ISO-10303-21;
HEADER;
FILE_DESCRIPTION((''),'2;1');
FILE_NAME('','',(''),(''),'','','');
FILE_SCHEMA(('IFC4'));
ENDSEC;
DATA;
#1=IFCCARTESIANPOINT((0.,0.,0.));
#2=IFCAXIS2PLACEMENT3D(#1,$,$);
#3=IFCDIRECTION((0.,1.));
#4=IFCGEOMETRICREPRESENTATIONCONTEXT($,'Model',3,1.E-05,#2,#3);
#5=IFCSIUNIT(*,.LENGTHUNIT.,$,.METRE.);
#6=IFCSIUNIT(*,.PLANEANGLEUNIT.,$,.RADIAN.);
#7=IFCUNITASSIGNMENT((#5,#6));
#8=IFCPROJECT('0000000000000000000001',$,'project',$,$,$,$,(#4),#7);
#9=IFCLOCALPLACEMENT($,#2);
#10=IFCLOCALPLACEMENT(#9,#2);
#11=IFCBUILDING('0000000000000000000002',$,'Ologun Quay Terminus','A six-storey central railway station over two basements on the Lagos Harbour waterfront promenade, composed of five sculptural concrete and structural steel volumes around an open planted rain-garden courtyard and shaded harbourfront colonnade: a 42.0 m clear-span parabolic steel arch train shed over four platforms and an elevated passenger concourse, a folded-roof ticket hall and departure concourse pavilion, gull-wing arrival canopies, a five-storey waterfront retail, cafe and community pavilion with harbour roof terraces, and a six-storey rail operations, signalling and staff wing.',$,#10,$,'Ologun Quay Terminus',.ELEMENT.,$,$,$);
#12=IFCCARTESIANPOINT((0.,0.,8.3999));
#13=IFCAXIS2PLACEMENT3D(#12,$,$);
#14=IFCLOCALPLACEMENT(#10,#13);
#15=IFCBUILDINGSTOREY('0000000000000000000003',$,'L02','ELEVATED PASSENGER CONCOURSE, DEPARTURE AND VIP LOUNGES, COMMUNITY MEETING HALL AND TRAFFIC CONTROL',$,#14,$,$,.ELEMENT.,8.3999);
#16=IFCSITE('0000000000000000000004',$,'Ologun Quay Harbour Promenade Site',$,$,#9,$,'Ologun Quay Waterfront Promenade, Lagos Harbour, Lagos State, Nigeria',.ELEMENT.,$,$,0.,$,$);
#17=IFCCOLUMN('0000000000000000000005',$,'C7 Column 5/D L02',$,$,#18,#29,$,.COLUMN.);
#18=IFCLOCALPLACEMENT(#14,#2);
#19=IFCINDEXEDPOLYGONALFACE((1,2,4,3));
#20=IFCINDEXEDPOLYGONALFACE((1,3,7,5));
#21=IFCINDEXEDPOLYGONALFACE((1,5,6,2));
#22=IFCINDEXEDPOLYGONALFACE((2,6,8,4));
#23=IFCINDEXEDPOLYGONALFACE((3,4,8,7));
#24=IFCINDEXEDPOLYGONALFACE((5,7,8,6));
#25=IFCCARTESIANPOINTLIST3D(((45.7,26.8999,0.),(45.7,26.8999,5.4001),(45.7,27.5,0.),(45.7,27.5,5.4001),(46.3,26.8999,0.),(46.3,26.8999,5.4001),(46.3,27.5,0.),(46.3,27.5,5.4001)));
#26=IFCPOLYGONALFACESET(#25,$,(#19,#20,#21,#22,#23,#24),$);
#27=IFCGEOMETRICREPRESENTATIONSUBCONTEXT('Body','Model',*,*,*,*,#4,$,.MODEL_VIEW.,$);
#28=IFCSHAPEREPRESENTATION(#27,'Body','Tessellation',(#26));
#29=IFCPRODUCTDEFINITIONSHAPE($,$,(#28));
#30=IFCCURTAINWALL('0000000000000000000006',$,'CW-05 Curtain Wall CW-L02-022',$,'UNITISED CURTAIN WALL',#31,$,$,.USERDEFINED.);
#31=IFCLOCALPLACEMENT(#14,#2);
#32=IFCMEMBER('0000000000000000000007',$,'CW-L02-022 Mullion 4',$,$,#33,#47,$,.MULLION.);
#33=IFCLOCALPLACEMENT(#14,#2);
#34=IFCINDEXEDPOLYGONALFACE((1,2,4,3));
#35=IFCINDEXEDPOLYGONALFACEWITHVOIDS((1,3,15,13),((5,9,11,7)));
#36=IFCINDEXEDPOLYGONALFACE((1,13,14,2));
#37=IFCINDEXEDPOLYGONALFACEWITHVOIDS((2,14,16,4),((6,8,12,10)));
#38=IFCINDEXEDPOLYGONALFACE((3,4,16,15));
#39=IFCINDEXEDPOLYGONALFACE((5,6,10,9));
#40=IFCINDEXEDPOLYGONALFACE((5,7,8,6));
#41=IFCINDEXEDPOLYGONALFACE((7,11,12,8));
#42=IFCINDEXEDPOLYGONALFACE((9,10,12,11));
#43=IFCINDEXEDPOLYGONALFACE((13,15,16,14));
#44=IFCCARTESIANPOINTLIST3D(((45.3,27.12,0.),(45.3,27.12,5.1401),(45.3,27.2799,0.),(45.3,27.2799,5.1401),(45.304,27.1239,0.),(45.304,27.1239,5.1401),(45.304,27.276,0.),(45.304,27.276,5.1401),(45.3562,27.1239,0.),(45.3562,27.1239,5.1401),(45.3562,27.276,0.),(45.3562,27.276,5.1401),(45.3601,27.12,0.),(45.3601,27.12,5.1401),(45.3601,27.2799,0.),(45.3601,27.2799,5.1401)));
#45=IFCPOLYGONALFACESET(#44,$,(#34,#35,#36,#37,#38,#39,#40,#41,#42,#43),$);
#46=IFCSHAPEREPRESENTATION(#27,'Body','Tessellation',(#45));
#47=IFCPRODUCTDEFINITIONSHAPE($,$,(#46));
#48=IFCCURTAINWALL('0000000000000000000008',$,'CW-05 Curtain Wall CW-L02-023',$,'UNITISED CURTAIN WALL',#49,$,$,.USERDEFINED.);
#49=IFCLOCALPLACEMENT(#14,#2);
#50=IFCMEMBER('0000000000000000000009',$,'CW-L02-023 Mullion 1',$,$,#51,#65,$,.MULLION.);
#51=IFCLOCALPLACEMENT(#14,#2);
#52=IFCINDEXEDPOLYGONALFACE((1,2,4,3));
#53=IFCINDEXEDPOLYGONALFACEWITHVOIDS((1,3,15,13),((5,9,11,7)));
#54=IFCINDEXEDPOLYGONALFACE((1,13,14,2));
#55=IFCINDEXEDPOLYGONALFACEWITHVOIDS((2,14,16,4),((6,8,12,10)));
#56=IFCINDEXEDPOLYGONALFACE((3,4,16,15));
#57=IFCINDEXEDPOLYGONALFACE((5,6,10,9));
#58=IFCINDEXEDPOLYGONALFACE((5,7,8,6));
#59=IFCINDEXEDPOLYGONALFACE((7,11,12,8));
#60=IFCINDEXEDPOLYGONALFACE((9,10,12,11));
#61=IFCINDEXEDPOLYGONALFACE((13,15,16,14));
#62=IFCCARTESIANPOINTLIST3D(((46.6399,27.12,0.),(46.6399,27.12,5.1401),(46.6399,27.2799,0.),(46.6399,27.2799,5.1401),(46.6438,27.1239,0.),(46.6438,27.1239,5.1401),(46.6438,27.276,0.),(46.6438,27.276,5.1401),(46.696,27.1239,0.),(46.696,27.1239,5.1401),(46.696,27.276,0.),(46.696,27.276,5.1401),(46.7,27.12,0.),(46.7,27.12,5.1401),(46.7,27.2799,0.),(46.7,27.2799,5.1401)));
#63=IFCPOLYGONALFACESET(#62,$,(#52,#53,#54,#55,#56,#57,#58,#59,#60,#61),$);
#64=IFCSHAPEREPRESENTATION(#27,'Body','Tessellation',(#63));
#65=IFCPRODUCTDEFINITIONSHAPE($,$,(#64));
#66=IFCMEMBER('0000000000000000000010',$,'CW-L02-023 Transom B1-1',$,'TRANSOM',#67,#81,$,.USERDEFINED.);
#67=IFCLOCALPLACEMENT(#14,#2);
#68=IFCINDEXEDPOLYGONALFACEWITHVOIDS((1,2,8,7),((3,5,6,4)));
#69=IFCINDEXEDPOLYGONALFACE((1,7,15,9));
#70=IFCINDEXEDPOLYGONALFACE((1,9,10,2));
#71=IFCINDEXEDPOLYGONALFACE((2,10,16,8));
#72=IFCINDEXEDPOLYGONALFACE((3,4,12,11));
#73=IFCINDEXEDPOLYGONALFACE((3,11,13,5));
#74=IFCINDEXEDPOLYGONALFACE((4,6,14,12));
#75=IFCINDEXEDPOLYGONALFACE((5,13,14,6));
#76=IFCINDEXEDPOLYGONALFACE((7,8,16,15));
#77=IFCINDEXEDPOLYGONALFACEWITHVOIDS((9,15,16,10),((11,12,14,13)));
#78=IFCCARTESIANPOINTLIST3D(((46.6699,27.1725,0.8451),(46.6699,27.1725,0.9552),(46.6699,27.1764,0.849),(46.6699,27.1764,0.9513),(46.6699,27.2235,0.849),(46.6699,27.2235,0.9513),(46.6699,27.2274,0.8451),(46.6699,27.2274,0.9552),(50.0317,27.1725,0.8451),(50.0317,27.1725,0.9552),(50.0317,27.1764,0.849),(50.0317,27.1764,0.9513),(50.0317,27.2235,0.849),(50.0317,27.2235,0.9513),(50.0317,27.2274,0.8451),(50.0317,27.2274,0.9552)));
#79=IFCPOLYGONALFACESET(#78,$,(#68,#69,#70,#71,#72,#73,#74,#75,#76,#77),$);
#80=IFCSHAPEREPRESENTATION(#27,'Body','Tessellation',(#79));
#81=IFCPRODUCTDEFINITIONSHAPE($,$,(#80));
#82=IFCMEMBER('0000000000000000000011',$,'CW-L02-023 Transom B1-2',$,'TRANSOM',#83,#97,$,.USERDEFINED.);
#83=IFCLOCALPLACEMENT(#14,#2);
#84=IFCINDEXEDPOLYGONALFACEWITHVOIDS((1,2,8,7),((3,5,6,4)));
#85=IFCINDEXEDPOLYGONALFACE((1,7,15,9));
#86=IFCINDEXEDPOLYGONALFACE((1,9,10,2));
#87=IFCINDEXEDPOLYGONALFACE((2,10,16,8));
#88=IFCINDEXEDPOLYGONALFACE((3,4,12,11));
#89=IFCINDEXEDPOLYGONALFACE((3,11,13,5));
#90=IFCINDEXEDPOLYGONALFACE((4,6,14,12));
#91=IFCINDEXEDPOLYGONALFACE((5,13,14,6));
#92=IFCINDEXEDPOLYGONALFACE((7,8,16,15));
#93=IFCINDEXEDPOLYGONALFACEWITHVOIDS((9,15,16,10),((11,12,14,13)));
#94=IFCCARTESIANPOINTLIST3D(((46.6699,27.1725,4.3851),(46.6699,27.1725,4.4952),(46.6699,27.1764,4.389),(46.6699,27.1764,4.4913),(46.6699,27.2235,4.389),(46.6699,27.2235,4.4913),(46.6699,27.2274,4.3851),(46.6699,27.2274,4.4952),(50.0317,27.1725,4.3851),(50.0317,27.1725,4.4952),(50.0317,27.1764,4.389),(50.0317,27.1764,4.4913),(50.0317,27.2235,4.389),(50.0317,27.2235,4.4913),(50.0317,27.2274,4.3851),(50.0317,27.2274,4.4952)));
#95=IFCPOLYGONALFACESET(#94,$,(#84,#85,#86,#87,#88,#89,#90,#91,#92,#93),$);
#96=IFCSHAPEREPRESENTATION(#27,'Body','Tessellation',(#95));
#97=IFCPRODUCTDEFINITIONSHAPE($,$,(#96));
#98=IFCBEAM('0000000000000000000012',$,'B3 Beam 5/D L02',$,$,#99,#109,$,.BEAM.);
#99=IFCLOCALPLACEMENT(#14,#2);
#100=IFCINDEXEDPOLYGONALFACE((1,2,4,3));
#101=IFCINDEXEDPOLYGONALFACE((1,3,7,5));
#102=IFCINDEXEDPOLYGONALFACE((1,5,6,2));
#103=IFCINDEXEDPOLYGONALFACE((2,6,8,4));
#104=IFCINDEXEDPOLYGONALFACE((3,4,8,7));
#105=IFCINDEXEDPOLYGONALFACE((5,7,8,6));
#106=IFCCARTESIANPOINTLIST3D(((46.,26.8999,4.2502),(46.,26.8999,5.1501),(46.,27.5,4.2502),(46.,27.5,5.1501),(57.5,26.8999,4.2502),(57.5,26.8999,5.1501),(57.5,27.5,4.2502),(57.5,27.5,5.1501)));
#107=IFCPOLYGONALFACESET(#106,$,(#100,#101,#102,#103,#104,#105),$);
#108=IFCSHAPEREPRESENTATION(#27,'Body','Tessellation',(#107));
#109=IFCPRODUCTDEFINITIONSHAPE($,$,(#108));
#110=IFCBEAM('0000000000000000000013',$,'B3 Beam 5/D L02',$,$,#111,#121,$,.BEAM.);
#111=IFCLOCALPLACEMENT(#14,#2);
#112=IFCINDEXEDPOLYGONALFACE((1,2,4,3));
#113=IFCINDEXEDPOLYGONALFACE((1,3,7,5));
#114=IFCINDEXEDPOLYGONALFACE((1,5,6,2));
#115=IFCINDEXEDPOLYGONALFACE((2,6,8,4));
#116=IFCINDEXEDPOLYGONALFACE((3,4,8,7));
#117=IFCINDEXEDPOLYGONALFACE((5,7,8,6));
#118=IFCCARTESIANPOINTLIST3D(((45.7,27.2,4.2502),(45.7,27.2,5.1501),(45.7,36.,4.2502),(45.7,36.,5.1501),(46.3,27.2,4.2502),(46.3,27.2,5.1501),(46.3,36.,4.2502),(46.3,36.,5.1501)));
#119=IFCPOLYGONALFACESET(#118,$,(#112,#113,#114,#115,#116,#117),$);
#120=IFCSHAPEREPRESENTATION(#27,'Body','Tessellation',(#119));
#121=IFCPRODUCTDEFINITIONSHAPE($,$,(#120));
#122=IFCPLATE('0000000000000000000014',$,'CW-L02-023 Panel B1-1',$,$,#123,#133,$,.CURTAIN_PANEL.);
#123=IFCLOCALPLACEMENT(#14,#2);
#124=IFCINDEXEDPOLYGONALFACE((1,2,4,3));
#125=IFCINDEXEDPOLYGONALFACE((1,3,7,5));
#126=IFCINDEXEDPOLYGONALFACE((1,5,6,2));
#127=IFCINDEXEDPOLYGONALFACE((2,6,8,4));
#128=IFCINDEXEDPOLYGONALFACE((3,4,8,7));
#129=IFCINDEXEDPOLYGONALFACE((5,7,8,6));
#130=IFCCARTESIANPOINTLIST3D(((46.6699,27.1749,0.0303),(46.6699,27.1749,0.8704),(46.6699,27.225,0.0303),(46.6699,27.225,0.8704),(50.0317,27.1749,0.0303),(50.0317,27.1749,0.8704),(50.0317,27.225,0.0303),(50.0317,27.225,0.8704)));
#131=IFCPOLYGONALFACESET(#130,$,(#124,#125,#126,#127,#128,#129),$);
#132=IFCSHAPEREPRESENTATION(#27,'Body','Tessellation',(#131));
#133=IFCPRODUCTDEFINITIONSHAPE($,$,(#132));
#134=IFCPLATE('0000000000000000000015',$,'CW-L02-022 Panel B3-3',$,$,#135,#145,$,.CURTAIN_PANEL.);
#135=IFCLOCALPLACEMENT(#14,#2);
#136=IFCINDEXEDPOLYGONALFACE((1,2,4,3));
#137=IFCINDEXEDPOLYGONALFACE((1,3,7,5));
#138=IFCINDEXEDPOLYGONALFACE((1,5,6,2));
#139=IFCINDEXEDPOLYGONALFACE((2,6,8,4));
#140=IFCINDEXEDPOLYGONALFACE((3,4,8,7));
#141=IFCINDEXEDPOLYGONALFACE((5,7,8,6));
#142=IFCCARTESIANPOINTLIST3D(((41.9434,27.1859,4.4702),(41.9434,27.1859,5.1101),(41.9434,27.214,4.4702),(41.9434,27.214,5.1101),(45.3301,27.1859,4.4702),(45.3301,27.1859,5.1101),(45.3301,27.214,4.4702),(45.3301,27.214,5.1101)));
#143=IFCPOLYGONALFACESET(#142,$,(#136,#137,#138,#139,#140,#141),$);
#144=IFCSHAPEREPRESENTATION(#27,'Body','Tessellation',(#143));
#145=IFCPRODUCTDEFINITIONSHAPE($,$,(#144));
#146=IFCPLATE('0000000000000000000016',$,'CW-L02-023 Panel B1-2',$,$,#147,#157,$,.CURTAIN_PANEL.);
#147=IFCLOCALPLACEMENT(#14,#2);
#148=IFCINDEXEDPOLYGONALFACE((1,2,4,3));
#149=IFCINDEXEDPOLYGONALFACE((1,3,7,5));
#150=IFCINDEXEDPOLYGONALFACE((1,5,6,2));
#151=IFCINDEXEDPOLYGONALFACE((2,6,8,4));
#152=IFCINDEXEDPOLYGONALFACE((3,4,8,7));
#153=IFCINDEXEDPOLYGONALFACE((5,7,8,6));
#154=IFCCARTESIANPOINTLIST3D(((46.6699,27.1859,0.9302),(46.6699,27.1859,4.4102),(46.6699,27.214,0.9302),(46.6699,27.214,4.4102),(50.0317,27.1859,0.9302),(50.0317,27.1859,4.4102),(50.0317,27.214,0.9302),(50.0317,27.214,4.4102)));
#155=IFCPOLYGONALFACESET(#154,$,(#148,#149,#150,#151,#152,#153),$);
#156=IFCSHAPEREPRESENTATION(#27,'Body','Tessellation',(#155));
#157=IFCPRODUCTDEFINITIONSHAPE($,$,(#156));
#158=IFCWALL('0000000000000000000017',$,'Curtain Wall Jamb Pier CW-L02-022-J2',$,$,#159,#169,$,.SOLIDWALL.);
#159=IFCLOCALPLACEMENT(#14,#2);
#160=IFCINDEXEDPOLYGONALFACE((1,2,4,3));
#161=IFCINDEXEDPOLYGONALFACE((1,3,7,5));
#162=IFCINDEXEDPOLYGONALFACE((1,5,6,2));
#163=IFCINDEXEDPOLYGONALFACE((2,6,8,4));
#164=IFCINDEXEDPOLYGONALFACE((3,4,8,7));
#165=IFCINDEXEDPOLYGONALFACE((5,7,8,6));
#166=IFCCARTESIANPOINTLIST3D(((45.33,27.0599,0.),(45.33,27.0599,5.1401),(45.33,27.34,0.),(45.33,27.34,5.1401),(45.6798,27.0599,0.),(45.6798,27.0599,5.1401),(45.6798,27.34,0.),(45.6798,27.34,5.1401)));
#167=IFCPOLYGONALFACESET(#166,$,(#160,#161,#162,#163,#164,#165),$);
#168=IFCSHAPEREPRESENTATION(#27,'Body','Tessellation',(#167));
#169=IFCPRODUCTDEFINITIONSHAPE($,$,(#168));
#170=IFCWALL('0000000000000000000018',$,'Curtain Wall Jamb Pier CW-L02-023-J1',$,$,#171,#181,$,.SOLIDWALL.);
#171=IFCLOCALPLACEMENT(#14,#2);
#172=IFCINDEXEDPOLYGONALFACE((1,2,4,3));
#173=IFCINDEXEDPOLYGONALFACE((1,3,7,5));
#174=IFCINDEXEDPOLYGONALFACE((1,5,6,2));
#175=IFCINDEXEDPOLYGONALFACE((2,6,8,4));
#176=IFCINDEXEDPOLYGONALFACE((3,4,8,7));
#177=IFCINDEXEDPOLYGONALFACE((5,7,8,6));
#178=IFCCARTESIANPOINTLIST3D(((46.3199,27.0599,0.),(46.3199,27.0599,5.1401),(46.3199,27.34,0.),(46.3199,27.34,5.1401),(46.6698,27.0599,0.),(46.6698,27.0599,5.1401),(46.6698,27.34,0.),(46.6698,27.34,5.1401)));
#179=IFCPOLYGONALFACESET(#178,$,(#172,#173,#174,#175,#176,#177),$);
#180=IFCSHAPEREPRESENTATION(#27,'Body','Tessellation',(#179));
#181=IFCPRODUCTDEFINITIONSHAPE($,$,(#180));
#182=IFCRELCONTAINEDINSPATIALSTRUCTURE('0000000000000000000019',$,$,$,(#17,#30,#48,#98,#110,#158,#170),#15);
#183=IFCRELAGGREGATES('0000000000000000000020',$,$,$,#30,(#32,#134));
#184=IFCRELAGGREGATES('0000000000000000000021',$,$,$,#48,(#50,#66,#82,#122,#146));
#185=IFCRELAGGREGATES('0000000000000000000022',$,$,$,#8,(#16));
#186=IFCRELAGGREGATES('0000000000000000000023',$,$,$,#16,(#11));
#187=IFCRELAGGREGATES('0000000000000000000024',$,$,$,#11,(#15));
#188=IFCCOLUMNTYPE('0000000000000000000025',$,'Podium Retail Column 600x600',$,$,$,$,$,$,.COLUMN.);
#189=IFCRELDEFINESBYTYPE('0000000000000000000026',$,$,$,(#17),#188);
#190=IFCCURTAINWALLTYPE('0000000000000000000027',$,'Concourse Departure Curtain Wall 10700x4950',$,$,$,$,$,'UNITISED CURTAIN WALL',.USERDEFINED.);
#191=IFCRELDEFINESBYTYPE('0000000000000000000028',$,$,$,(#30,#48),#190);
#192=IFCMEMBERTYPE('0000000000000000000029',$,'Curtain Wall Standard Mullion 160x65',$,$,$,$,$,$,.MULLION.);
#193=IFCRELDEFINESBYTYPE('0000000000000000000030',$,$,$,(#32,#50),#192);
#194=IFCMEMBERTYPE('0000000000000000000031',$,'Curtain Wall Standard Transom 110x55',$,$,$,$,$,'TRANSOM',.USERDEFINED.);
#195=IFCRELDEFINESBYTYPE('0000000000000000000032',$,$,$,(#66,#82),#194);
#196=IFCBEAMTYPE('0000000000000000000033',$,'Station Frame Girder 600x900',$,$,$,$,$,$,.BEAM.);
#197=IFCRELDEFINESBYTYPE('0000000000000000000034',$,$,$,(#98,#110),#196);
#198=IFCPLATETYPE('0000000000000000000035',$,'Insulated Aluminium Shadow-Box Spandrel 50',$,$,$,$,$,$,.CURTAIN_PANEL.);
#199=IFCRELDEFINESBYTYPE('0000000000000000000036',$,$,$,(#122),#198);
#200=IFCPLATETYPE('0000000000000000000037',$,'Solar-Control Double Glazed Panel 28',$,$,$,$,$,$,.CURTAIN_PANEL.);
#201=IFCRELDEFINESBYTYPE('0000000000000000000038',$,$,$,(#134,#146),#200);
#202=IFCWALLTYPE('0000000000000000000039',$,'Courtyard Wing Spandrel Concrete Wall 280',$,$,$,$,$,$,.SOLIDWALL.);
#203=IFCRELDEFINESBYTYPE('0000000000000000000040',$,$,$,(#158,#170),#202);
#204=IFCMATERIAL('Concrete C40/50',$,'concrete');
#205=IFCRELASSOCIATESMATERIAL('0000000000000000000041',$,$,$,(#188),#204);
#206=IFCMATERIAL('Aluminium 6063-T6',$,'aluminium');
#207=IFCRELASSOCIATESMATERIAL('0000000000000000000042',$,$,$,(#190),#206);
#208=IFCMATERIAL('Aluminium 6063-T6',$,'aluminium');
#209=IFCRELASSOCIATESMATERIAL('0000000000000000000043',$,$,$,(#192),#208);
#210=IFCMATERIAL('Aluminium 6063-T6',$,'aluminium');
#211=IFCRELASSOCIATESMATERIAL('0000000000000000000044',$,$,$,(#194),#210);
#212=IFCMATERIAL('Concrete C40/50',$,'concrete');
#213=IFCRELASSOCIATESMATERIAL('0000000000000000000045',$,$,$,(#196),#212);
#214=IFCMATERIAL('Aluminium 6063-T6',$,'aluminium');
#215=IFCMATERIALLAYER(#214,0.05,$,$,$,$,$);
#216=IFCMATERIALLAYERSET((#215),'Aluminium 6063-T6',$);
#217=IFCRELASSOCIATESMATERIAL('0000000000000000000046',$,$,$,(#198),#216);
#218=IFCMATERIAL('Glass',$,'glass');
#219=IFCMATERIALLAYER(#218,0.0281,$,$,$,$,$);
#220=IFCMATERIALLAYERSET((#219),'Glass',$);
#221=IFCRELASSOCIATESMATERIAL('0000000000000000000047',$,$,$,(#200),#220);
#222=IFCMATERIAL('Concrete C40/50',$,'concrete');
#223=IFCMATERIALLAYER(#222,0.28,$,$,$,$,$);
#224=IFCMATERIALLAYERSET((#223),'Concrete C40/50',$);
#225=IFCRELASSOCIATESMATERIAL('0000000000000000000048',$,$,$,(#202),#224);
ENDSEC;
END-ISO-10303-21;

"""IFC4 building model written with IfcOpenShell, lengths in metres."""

from ifc_helpers import new_model, si_unit, direction, frame, frame_2d, origin, origin_2d, place, context, subcontext, project, spatial, rectangle, hollow_rectangle, extrude, material, layer, layer_set, material_profile, profile_set, type_object, element, aggregate, save


model = new_model("IFC4")

# Units and contexts
model_context = context("Model", 3, precision=1e-05, world=origin(), true_north=direction((0.0, 1.0)))
body_context = subcontext(model_context, "Body", "Model", "MODEL_VIEW")
ifc_project = project(units=[si_unit("LENGTHUNIT", "METRE"), si_unit("PLANEANGLEUNIT", "RADIAN")], contexts=[model_context])

# Site, building, storey
site_placement = place(None, origin())
site = spatial("IfcSite", under=ifc_project, at=site_placement, Name="Ologun Quay Harbour Promenade Site", LongName="Ologun Quay Waterfront Promenade, Lagos Harbour, Lagos State, Nigeria", CompositionType="ELEMENT", RefElevation=0.0)
building_placement = place(site_placement, origin())
building = spatial("IfcBuilding", under=site, at=building_placement, Name="Ologun Quay Terminus", Description="A six-storey central railway station over two basements on the Lagos Harbour waterfront promenade, composed of five sculptural concrete and structural steel volumes around an open planted rain-garden courtyard and shaded harbourfront colonnade: a 42.0 m clear-span parabolic steel arch train shed over four platforms and an elevated passenger concourse, a folded-roof ticket hall and departure concourse pavilion, gull-wing arrival canopies, a five-storey waterfront retail, cafe and community pavilion with harbour roof terraces, and a six-storey rail operations, signalling and staff wing.", LongName="Ologun Quay Terminus", CompositionType="ELEMENT")
storey_placement = place(building_placement, frame((0.0, 0.0, 8.3999)))
storey = spatial("IfcBuildingStorey", under=building, at=storey_placement, Name="L02", Description="ELEVATED PASSENGER CONCOURSE, DEPARTURE AND VIP LOUNGES, COMMUNITY MEETING HALL AND TRAFFIC CONTROL", CompositionType="ELEMENT", Elevation=8.3999)

# Column
ifc_material_1 = material(Name="Concrete C40/50", Category="concrete")
ifc_material_profile_1 = material_profile(ifc_material_1, rectangle(XDim=0.6001, YDim=0.6001, at=origin_2d()), Name="RC 600x600")
ifc_profile_set_1 = profile_set([ifc_material_profile_1], Name="Concrete C40/50")
column_type = type_object("IfcColumnType", Name="Podium Retail Column 600x600", PredefinedType="COLUMN", material=ifc_profile_set_1)
column_placement = place(storey_placement, frame((46.0, 27.2, 0.0), z_axis=(0.0, 0.0, 1.0), x_axis=(1.0, 0.0, 0.0)))
element("IfcColumn", 1, at=column_placement, inside=storey, type_object=column_type, Name="C7 Column 5/D L02", PredefinedType="COLUMN", context=body_context, shape_type="SweptSolid", body=[
    extrude(rectangle(XDim=0.6001, YDim=0.6001, at=origin_2d()), origin(), (0.0, 0.0, 1.0), 5.4001),
])

# Curtain wall, member
ifc_material_2 = material(Name="Aluminium 6063-T6", Category="aluminium")
curtain_wall_type = type_object("IfcCurtainWallType", Name="Concourse Departure Curtain Wall 10700x4950", ElementType="UNITISED CURTAIN WALL", PredefinedType="USERDEFINED", material=ifc_material_2)
curtain_wall_1_placement = place(storey_placement, origin())
curtain_wall_1 = element("IfcCurtainWall", 2, at=curtain_wall_1_placement, inside=storey, type_object=curtain_wall_type, Name="CW-05 Curtain Wall CW-L02-022", ObjectType="UNITISED CURTAIN WALL", PredefinedType="USERDEFINED")
ifc_material_3 = material(Name="Aluminium 6063-T6", Category="aluminium")
ifc_material_profile_2 = material_profile(ifc_material_3, hollow_rectangle(XDim=0.0601, YDim=0.1599, WallThickness=0.0039, at=origin_2d()), Name="ALU 160x60x4")
ifc_profile_set_2 = profile_set([ifc_material_profile_2], Name="Aluminium 6063-T6")
member_type_1 = type_object("IfcMemberType", Name="Curtain Wall Standard Mullion 160x65", PredefinedType="MULLION", material=ifc_profile_set_2)
member_1_placement = place(storey_placement, frame((45.3301, 27.2, 0.0), z_axis=(0.0, 0.0, 1.0), x_axis=(1.0, 0.0, 0.0)))
member_1 = element("IfcMember", 3, at=member_1_placement, type_object=member_type_1, Name="CW-L02-022 Mullion 4", PredefinedType="MULLION", context=body_context, shape_type="SweptSolid", body=[
    extrude(hollow_rectangle(XDim=0.0601, YDim=0.1599, WallThickness=0.0039, at=origin_2d()), origin(), (0.0, 0.0, 1.0), 5.1401),
])

# Curtain wall, members
curtain_wall_2_placement = place(storey_placement, origin())
curtain_wall_2 = element("IfcCurtainWall", 4, at=curtain_wall_2_placement, inside=storey, type_object=curtain_wall_type, Name="CW-05 Curtain Wall CW-L02-023", ObjectType="UNITISED CURTAIN WALL", PredefinedType="USERDEFINED")
member_2_placement = place(storey_placement, frame((46.6699, 27.2, 0.0), z_axis=(0.0, 0.0, 1.0), x_axis=(1.0, 0.0, 0.0)))
member_2 = element("IfcMember", 5, at=member_2_placement, type_object=member_type_1, Name="CW-L02-023 Mullion 1", PredefinedType="MULLION", context=body_context, shape_type="SweptSolid", body=[
    extrude(hollow_rectangle(XDim=0.0601, YDim=0.1599, WallThickness=0.0039, at=origin_2d()), origin(), (0.0, 0.0, 1.0), 5.1401),
])
ifc_material_4 = material(Name="Aluminium 6063-T6", Category="aluminium")
ifc_material_profile_3 = material_profile(ifc_material_4, hollow_rectangle(XDim=0.0549, YDim=0.1101, WallThickness=0.0039, at=origin_2d()), Name="ALU 110x55x4")
ifc_profile_set_3 = profile_set([ifc_material_profile_3], Name="Aluminium 6063-T6")
member_type_2 = type_object("IfcMemberType", Name="Curtain Wall Standard Transom 110x55", ElementType="TRANSOM", PredefinedType="USERDEFINED", material=ifc_profile_set_3)
member_3_placement = place(storey_placement, frame((46.6699, 27.2, 0.9001), z_axis=(1.0, 0.0, 0.0), x_axis=(0.0, 1.0, 0.0)))
member_3 = element("IfcMember", 6, at=member_3_placement, type_object=member_type_2, Name="CW-L02-023 Transom B1-1", ObjectType="TRANSOM", PredefinedType="USERDEFINED", context=body_context, shape_type="SweptSolid", body=[
    extrude(hollow_rectangle(XDim=0.0549, YDim=0.1101, WallThickness=0.0039, at=origin_2d()), origin(), (0.0, 0.0, 1.0), 3.3618),
])
member_4_placement = place(storey_placement, frame((46.6699, 27.2, 4.4402), z_axis=(1.0, 0.0, 0.0), x_axis=(0.0, 1.0, 0.0)))
member_4 = element("IfcMember", 7, at=member_4_placement, type_object=member_type_2, Name="CW-L02-023 Transom B1-2", ObjectType="TRANSOM", PredefinedType="USERDEFINED", context=body_context, shape_type="SweptSolid", body=[
    extrude(hollow_rectangle(XDim=0.0549, YDim=0.1101, WallThickness=0.0039, at=origin_2d()), origin(), (0.0, 0.0, 1.0), 3.3618),
])

# Beams
ifc_material_5 = material(Name="Concrete C40/50", Category="concrete")
ifc_material_profile_4 = material_profile(ifc_material_5, rectangle(XDim=0.6001, YDim=0.8999, at=origin_2d()), Name="RC 600x900")
ifc_profile_set_4 = profile_set([ifc_material_profile_4], Name="Concrete C40/50")
beam_type = type_object("IfcBeamType", Name="Station Frame Girder 600x900", PredefinedType="BEAM", material=ifc_profile_set_4)
beam_1_placement = place(storey_placement, frame((46.0, 27.2, 4.7002), z_axis=(1.0, 0.0, 0.0), x_axis=(0.0, 1.0, 0.0)))
element("IfcBeam", 8, at=beam_1_placement, inside=storey, type_object=beam_type, Name="B3 Beam 5/D L02", PredefinedType="BEAM", context=body_context, shape_type="SweptSolid", body=[
    extrude(rectangle(XDim=0.6001, YDim=0.8999, at=origin_2d()), origin(), (0.0, 0.0, 1.0), 11.5),
])
beam_2_placement = place(storey_placement, frame((46.0, 27.2, 4.7002), z_axis=(0.0, 1.0, 0.0), x_axis=(-1.0, 0.0, 0.0)))
element("IfcBeam", 9, at=beam_2_placement, inside=storey, type_object=beam_type, Name="B3 Beam 5/D L02", PredefinedType="BEAM", context=body_context, shape_type="SweptSolid", body=[
    extrude(rectangle(XDim=0.6001, YDim=0.8999, at=origin_2d()), origin(), (0.0, 0.0, 1.0), 8.8),
])

# Plates
ifc_material_6 = material(Name="Aluminium 6063-T6", Category="aluminium")
ifc_layer_1 = layer(ifc_material_6, 0.05)
ifc_layer_set_1 = layer_set([ifc_layer_1], Name="Aluminium 6063-T6")
plate_type_1 = type_object("IfcPlateType", Name="Insulated Aluminium Shadow-Box Spandrel 50", PredefinedType="CURTAIN_PANEL", material=ifc_layer_set_1)
plate_1_placement = place(storey_placement, frame((48.3508, 27.2, 0.0303), z_axis=(0.0, 0.0, 1.0), x_axis=(1.0, 0.0, 0.0)))
plate_1 = element("IfcPlate", 10, at=plate_1_placement, type_object=plate_type_1, Name="CW-L02-023 Panel B1-1", PredefinedType="CURTAIN_PANEL", context=body_context, shape_type="SweptSolid", body=[
    extrude(rectangle(XDim=3.3618, YDim=0.05, at=origin_2d()), origin(), (0.0, 0.0, 1.0), 0.8401),
])
ifc_material_7 = material(Name="Glass", Category="glass")
ifc_layer_2 = layer(ifc_material_7, 0.0281)
ifc_layer_set_2 = layer_set([ifc_layer_2], Name="Glass")
plate_type_2 = type_object("IfcPlateType", Name="Solar-Control Double Glazed Panel 28", PredefinedType="CURTAIN_PANEL", material=ifc_layer_set_2)
plate_2_placement = place(storey_placement, frame((43.6367, 27.2, 4.4702), z_axis=(0.0, 0.0, 1.0), x_axis=(1.0, 0.0, 0.0)))
plate_2 = element("IfcPlate", 11, at=plate_2_placement, type_object=plate_type_2, Name="CW-L02-022 Panel B3-3", PredefinedType="CURTAIN_PANEL", context=body_context, shape_type="SweptSolid", body=[
    extrude(rectangle(XDim=3.3867, YDim=0.0281, at=origin_2d()), origin(), (0.0, 0.0, 1.0), 0.6399),
])
aggregate(curtain_wall_1, [member_1, plate_2])
plate_3_placement = place(storey_placement, frame((48.3508, 27.2, 0.9302), z_axis=(0.0, 0.0, 1.0), x_axis=(1.0, 0.0, 0.0)))
plate_3 = element("IfcPlate", 12, at=plate_3_placement, type_object=plate_type_2, Name="CW-L02-023 Panel B1-2", PredefinedType="CURTAIN_PANEL", context=body_context, shape_type="SweptSolid", body=[
    extrude(rectangle(XDim=3.3618, YDim=0.0281, at=origin_2d()), origin(), (0.0, 0.0, 1.0), 3.48),
])
aggregate(curtain_wall_2, [member_2, member_3, member_4, plate_1, plate_3])

# Walls
ifc_material_8 = material(Name="Concrete C40/50", Category="concrete")
ifc_layer_3 = layer(ifc_material_8, 0.28)
ifc_layer_set_3 = layer_set([ifc_layer_3], Name="Concrete C40/50")
wall_type_1 = type_object("IfcWallType", Name="Courtyard Wing Spandrel Concrete Wall 280", PredefinedType="SOLIDWALL", material=ifc_layer_set_3)
for number, where, z_axis, x_axis, name in (
    (13, (45.3301, 27.2, 0.0), (0.0, 0.0, 1.0), (1.0, 0.0, 0.0), "Curtain Wall Jamb Pier CW-L02-022-J2"),
    (14, (46.3201, 27.2, 0.0), (0.0, 0.0, 1.0), (1.0, 0.0, 0.0), "Curtain Wall Jamb Pier CW-L02-023-J1"),
):
    element("IfcWall", number, at=place(storey_placement, frame(where, z_axis=z_axis, x_axis=x_axis)), inside=storey, type_object=wall_type_1, Name=name, PredefinedType="SOLIDWALL", context=body_context, shape_type="SweptSolid", body=[
        extrude(rectangle(XDim=0.3499, YDim=0.28, at=frame_2d((0.1748, 0.0))), origin(), (0.0, 0.0, 1.0), 5.1401),
    ])

save(model, "model.ifc")
